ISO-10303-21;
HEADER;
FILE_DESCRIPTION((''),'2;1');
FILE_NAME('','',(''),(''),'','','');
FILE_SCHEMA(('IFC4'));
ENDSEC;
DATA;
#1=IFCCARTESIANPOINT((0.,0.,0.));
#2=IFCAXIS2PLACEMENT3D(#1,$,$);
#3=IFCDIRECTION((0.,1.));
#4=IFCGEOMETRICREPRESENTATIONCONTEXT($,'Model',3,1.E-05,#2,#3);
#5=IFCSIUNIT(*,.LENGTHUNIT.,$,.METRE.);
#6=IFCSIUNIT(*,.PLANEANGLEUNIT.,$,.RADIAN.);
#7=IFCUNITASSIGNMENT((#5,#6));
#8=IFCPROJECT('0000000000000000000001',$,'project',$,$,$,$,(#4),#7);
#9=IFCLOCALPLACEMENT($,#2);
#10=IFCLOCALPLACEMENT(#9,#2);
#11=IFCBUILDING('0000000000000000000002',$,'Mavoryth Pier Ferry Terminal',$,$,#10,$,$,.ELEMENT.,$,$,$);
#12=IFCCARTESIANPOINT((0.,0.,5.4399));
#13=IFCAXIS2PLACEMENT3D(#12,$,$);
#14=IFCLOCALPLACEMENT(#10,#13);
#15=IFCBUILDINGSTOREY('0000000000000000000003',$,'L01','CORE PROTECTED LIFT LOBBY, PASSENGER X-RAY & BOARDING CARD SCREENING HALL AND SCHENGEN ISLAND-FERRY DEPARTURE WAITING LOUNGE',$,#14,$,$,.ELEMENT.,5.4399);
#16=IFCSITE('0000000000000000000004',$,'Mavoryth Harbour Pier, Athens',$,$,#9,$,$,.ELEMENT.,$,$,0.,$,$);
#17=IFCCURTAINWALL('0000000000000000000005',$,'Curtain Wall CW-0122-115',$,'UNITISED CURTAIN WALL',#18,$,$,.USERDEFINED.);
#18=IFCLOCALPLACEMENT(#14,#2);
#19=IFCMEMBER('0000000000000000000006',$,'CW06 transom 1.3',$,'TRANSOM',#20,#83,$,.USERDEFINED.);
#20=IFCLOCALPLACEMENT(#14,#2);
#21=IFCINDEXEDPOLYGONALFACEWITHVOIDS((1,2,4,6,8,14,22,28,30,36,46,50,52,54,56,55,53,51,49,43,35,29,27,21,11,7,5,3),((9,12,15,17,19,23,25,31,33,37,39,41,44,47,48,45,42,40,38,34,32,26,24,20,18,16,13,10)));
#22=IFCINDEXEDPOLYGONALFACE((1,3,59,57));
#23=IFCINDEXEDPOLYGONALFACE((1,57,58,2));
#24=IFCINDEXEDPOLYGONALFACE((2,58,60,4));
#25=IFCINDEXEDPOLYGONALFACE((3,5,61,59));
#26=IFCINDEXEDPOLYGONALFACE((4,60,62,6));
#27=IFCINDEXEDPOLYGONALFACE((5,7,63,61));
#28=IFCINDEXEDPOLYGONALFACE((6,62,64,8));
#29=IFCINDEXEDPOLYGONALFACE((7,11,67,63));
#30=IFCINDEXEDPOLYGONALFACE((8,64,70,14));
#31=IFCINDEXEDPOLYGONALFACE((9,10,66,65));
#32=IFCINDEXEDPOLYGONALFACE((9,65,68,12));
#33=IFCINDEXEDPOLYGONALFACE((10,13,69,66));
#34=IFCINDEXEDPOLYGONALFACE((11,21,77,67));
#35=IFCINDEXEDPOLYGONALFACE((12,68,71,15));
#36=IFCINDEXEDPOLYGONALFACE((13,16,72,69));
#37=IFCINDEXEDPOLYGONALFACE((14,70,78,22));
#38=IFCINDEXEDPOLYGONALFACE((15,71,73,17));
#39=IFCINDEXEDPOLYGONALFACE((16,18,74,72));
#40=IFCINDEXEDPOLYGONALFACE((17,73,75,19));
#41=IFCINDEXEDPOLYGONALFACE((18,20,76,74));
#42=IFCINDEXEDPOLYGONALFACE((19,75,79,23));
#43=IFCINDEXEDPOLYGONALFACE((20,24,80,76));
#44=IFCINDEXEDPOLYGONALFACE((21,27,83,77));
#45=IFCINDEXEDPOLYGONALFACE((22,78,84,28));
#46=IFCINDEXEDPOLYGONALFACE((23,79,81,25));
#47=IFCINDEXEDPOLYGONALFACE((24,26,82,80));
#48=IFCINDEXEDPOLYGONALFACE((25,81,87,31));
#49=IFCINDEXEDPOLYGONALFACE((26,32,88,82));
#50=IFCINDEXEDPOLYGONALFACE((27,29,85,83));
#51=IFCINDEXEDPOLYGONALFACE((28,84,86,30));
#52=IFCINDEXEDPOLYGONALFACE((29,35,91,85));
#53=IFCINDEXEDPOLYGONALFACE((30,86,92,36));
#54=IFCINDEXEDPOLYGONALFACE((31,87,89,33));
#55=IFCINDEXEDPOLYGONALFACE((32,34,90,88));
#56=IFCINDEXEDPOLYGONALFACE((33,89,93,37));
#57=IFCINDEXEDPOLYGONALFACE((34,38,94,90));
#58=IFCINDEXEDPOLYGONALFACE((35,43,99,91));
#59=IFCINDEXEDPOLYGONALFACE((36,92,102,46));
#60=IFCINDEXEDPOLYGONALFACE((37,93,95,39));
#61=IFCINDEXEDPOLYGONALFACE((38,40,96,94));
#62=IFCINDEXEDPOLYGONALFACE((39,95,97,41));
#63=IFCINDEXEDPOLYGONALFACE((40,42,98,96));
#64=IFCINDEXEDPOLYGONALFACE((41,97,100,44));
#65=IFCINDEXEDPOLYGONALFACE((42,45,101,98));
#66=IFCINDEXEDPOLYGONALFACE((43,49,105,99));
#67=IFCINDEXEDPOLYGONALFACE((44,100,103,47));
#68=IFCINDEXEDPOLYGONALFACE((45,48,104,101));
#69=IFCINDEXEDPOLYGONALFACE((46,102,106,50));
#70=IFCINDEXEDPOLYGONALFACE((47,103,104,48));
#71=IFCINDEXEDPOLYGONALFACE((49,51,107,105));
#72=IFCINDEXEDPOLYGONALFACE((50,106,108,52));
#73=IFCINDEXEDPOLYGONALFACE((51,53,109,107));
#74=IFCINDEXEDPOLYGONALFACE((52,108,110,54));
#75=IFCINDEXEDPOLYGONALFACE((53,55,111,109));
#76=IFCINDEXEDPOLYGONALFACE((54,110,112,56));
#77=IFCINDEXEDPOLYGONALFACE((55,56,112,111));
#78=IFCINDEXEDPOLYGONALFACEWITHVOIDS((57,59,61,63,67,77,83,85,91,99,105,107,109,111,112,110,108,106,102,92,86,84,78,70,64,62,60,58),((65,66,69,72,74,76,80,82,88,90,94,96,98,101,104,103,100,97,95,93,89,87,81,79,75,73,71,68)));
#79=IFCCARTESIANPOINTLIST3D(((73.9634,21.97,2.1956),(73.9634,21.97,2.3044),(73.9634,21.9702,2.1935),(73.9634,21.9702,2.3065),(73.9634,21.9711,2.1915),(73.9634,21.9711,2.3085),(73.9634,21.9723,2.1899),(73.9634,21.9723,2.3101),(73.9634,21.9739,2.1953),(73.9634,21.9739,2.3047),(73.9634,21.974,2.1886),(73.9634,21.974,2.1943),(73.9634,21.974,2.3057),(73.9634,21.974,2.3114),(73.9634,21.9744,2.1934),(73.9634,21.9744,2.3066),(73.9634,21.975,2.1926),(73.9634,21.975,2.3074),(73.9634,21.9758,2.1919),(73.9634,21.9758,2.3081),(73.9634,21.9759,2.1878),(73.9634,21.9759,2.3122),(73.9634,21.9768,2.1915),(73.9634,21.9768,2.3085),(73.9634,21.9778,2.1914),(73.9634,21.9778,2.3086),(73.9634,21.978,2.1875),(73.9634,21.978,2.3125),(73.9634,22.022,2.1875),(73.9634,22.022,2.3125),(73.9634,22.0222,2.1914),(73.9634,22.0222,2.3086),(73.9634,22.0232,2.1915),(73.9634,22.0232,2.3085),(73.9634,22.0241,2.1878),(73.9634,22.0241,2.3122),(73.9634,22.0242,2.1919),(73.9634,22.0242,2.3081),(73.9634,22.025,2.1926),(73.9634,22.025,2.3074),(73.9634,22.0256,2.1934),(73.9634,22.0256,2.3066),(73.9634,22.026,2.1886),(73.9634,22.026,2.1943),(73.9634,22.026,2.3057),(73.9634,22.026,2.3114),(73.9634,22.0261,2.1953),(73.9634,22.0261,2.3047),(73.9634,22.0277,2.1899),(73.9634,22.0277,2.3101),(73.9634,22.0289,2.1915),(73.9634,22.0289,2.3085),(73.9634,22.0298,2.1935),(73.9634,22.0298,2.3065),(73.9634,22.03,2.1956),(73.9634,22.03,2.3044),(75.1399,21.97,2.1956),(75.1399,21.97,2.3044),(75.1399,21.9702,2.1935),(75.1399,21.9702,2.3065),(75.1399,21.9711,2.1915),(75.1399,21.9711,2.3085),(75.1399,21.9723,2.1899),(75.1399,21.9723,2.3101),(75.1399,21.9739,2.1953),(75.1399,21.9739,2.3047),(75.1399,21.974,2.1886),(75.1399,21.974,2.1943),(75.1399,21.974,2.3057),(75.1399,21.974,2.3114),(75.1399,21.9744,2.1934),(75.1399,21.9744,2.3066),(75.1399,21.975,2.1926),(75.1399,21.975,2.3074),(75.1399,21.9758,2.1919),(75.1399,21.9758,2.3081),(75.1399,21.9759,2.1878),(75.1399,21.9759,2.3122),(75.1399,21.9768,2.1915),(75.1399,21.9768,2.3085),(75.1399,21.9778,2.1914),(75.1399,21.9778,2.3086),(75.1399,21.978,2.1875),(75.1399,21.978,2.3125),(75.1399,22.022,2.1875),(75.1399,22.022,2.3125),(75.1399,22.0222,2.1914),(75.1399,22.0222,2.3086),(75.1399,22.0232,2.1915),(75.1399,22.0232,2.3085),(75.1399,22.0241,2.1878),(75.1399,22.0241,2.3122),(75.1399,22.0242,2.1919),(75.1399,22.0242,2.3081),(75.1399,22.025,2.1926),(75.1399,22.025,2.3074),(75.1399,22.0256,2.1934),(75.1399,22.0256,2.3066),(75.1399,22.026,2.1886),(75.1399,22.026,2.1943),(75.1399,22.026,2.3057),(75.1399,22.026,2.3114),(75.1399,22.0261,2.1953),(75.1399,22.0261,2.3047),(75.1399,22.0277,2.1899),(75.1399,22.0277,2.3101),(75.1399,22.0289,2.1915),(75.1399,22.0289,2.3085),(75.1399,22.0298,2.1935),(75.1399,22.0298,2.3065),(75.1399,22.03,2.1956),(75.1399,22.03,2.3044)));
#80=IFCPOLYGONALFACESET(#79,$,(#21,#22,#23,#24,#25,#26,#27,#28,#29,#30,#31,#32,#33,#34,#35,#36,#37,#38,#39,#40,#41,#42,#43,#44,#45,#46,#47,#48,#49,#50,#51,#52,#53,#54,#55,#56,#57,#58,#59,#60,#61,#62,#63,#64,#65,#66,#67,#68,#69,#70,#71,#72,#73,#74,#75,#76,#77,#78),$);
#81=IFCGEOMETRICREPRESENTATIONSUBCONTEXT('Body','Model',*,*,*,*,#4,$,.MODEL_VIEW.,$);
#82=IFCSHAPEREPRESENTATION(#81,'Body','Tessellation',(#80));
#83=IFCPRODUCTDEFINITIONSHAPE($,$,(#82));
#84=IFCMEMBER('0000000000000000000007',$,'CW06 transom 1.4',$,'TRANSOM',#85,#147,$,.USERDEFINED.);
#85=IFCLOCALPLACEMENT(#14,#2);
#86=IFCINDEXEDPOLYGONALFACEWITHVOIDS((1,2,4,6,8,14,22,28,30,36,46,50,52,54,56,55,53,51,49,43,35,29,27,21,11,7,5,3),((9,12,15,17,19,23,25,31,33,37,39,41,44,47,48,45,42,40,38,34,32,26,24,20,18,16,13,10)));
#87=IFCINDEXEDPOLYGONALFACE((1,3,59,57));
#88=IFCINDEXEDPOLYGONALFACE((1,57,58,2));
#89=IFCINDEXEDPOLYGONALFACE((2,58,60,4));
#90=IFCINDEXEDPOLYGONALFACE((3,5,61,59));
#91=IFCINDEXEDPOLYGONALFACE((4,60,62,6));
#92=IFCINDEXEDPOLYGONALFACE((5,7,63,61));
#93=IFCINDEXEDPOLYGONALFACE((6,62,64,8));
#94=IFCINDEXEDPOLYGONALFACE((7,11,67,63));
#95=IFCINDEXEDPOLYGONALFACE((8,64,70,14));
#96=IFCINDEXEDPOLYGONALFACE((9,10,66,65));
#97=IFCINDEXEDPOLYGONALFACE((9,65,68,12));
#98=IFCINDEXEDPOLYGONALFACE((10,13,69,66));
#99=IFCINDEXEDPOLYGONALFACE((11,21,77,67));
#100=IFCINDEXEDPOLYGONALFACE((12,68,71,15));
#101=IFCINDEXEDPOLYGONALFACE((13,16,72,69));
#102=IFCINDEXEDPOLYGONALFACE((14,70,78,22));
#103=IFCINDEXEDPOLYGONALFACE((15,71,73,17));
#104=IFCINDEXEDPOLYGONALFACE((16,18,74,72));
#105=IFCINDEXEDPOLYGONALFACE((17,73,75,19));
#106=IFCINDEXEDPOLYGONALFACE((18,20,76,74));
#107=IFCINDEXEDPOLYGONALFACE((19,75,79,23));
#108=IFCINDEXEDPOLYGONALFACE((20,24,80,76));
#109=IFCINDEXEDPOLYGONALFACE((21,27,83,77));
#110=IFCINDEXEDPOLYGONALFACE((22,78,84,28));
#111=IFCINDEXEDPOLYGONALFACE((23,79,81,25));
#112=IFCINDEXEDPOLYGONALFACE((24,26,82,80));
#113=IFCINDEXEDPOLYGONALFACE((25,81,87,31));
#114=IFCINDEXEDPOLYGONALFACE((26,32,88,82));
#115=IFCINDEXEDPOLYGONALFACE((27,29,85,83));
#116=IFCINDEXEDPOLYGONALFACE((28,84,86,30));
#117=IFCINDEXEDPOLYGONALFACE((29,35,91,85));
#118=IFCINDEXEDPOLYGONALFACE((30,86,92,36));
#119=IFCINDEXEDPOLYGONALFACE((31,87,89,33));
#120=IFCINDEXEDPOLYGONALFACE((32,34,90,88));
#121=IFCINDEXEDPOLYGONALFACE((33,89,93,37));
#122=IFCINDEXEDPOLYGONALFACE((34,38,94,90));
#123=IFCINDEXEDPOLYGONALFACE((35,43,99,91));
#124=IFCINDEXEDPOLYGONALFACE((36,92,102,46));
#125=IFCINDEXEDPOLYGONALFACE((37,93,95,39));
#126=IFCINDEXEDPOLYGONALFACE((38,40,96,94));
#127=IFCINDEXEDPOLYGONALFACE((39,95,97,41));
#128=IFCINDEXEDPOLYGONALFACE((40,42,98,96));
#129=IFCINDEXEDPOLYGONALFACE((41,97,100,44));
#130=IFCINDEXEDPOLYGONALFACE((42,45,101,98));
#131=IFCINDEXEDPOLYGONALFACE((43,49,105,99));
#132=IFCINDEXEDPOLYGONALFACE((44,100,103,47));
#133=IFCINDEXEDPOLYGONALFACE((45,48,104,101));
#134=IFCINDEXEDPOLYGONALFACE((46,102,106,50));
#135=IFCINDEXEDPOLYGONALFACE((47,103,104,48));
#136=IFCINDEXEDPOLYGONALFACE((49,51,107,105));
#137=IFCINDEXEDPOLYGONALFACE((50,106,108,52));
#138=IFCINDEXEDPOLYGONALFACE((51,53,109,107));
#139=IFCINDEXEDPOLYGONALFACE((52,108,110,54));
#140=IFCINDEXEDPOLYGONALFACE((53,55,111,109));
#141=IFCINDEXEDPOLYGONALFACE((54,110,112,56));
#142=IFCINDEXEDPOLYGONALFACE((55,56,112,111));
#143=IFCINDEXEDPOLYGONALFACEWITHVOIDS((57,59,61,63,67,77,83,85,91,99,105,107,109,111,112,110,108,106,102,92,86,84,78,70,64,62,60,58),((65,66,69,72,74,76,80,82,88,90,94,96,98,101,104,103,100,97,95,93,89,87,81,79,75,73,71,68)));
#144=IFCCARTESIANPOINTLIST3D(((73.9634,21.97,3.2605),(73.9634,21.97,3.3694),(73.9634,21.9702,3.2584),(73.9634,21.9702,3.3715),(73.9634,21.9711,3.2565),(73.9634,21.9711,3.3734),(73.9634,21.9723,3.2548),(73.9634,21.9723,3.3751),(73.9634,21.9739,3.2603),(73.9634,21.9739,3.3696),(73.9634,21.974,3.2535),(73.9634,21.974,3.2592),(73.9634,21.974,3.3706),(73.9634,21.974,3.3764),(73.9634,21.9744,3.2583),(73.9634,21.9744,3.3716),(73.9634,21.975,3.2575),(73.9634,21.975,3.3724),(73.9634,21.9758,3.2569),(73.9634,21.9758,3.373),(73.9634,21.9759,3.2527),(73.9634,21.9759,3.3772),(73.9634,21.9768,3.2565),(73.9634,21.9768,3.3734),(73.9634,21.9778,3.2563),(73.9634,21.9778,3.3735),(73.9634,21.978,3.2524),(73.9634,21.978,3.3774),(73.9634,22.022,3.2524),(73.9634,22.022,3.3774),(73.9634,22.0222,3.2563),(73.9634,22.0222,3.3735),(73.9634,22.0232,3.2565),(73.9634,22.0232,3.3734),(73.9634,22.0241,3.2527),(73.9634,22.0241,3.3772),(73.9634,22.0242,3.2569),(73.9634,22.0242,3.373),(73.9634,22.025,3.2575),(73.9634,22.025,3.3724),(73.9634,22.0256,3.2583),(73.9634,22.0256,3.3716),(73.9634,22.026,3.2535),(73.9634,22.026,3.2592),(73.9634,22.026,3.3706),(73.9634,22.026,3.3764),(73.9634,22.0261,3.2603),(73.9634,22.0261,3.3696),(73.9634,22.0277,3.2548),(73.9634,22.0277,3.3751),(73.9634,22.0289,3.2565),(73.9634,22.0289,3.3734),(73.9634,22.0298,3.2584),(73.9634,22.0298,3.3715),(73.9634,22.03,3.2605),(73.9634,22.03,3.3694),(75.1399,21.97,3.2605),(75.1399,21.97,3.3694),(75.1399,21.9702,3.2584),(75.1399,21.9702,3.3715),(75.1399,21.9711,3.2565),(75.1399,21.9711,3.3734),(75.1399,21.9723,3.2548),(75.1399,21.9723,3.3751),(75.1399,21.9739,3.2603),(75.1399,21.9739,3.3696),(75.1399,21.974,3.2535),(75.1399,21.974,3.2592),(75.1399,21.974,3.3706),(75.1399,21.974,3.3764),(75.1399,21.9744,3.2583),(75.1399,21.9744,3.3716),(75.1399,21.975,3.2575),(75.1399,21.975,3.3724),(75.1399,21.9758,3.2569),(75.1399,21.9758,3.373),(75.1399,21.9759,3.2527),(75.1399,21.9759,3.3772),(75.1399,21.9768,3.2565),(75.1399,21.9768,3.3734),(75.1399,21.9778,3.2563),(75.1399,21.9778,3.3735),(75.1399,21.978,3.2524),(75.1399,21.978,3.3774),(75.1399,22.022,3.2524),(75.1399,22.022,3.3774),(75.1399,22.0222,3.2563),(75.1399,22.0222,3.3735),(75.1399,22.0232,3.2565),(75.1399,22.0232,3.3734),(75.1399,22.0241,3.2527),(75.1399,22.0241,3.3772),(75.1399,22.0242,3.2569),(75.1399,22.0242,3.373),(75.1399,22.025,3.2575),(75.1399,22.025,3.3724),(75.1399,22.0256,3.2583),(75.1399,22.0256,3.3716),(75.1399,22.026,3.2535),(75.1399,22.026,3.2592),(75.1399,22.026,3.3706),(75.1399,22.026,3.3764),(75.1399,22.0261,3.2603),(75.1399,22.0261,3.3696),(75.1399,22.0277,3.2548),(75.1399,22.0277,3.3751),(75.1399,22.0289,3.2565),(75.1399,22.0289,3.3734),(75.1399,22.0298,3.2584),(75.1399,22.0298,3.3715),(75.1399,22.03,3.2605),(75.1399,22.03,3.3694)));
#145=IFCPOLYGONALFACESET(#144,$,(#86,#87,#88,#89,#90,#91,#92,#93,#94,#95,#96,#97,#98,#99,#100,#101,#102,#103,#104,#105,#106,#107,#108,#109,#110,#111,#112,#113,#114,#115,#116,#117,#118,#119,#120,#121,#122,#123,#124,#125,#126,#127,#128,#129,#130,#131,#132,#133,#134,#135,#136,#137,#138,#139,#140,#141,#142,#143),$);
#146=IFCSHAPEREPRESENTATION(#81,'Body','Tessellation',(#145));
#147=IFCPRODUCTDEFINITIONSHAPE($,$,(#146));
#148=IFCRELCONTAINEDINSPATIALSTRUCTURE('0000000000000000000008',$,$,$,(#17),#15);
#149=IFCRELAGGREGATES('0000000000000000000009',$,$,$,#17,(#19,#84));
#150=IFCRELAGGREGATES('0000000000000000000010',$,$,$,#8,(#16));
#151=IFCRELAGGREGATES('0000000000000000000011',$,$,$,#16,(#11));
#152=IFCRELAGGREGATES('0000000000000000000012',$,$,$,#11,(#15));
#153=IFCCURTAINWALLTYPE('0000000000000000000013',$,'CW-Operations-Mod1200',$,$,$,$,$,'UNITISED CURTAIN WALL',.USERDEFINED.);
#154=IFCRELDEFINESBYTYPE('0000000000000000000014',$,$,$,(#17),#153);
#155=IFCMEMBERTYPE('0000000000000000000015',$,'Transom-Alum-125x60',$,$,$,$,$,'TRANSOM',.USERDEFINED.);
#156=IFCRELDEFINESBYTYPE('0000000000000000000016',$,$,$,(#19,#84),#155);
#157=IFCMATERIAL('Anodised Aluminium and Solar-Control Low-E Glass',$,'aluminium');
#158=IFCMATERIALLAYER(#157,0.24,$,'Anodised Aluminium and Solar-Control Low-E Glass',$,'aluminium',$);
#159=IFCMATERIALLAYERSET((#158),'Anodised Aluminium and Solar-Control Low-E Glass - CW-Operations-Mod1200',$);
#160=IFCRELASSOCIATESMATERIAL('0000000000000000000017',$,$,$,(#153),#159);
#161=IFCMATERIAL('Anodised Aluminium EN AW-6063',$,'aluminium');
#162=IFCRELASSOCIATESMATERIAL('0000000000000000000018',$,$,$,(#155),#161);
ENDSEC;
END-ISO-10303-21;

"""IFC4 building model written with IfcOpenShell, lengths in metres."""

from ifc_helpers import new_model, si_unit, direction, frame, origin, origin_2d, place, context, subcontext, project, spatial, hollow_rectangle, extrude, material, layer, layer_set, material_profile, profile_set, type_object, element, aggregate, save


model = new_model("IFC4")

# Units and contexts
model_context = context("Model", 3, precision=1e-05, world=origin(), true_north=direction((0.0, 1.0)))
body_context = subcontext(model_context, "Body", "Model", "MODEL_VIEW")
ifc_project = project(units=[si_unit("LENGTHUNIT", "METRE"), si_unit("PLANEANGLEUNIT", "RADIAN")], contexts=[model_context])

# Site, building, storey
site_placement = place(None, origin())
site = spatial("IfcSite", under=ifc_project, at=site_placement, Name="Mavoryth Harbour Pier, Athens", CompositionType="ELEMENT", RefElevation=0.0)
building_placement = place(site_placement, origin())
building = spatial("IfcBuilding", under=site, at=building_placement, Name="Mavoryth Pier Ferry Terminal", CompositionType="ELEMENT")
storey_placement = place(building_placement, frame((0.0, 0.0, 5.4399)))
storey = spatial("IfcBuildingStorey", under=building, at=storey_placement, Name="L01", Description="CORE PROTECTED LIFT LOBBY, PASSENGER X-RAY & BOARDING CARD SCREENING HALL AND SCHENGEN ISLAND-FERRY DEPARTURE WAITING LOUNGE", CompositionType="ELEMENT", Elevation=5.4399)

# Curtain wall
ifc_material_1 = material(Name="Anodised Aluminium and Solar-Control Low-E Glass", Category="aluminium")
ifc_layer_1 = layer(ifc_material_1, 0.24, Name="Anodised Aluminium and Solar-Control Low-E Glass", Category="aluminium")
ifc_layer_set_1 = layer_set([ifc_layer_1], Name="Anodised Aluminium and Solar-Control Low-E Glass - CW-Operations-Mod1200")
curtain_wall_type = type_object("IfcCurtainWallType", Name="CW-Operations-Mod1200", ElementType="UNITISED CURTAIN WALL", PredefinedType="USERDEFINED", material=ifc_layer_set_1)
curtain_wall_1_placement = place(storey_placement, origin())
curtain_wall_1 = element("IfcCurtainWall", 1, at=curtain_wall_1_placement, inside=storey, type_object=curtain_wall_type, Name="Curtain Wall CW-0122-115", ObjectType="UNITISED CURTAIN WALL", PredefinedType="USERDEFINED")
ifc_material_2 = material(Name="Anodised Aluminium EN AW-6063", Category="aluminium")

# Members
ifc_material_profile_1 = material_profile(ifc_material_2, hollow_rectangle(XDim=0.0601, YDim=0.125, WallThickness=0.0039, InnerFilletRadius=0.0039, OuterFilletRadius=0.0081, at=origin_2d()), Name="AL-TRAN 125x60x4", Category="aluminium")
ifc_profile_set_1 = profile_set([ifc_material_profile_1], Name="Anodised Aluminium EN AW-6063 - AL-TRAN 125x60x4")
member_type_1 = type_object("IfcMemberType", Name="Transom-Alum-125x60", ElementType="TRANSOM", PredefinedType="USERDEFINED", material=ifc_profile_set_1)
member_1_placement = place(storey_placement, frame((75.1399, 22.0, 2.25), z_axis=(-1.0, 0.0, 0.0), x_axis=(0.0, -1.0, 0.0)))
member_1 = element("IfcMember", 2, at=member_1_placement, type_object=member_type_1, Name="CW06 transom 1.3", ObjectType="TRANSOM", PredefinedType="USERDEFINED", context=body_context, shape_type="SweptSolid", body=[
    extrude(hollow_rectangle(XDim=0.0601, YDim=0.125, WallThickness=0.0039, InnerFilletRadius=0.0039, OuterFilletRadius=0.0081, at=origin_2d()), origin(), (0.0, 0.0, 1.0), 1.1765),
])
member_2_placement = place(storey_placement, frame((75.1399, 22.0, 3.3149), z_axis=(-1.0, 0.0, 0.0), x_axis=(0.0, -1.0, 0.0)))
member_2 = element("IfcMember", 3, at=member_2_placement, type_object=member_type_1, Name="CW06 transom 1.4", ObjectType="TRANSOM", PredefinedType="USERDEFINED", context=body_context, shape_type="SweptSolid", body=[
    extrude(hollow_rectangle(XDim=0.0601, YDim=0.125, WallThickness=0.0039, InnerFilletRadius=0.0039, OuterFilletRadius=0.0081, at=origin_2d()), origin(), (0.0, 0.0, 1.0), 1.1765),
])

aggregate(curtain_wall_1, [member_1, member_2])

save(model, "model.ifc")
